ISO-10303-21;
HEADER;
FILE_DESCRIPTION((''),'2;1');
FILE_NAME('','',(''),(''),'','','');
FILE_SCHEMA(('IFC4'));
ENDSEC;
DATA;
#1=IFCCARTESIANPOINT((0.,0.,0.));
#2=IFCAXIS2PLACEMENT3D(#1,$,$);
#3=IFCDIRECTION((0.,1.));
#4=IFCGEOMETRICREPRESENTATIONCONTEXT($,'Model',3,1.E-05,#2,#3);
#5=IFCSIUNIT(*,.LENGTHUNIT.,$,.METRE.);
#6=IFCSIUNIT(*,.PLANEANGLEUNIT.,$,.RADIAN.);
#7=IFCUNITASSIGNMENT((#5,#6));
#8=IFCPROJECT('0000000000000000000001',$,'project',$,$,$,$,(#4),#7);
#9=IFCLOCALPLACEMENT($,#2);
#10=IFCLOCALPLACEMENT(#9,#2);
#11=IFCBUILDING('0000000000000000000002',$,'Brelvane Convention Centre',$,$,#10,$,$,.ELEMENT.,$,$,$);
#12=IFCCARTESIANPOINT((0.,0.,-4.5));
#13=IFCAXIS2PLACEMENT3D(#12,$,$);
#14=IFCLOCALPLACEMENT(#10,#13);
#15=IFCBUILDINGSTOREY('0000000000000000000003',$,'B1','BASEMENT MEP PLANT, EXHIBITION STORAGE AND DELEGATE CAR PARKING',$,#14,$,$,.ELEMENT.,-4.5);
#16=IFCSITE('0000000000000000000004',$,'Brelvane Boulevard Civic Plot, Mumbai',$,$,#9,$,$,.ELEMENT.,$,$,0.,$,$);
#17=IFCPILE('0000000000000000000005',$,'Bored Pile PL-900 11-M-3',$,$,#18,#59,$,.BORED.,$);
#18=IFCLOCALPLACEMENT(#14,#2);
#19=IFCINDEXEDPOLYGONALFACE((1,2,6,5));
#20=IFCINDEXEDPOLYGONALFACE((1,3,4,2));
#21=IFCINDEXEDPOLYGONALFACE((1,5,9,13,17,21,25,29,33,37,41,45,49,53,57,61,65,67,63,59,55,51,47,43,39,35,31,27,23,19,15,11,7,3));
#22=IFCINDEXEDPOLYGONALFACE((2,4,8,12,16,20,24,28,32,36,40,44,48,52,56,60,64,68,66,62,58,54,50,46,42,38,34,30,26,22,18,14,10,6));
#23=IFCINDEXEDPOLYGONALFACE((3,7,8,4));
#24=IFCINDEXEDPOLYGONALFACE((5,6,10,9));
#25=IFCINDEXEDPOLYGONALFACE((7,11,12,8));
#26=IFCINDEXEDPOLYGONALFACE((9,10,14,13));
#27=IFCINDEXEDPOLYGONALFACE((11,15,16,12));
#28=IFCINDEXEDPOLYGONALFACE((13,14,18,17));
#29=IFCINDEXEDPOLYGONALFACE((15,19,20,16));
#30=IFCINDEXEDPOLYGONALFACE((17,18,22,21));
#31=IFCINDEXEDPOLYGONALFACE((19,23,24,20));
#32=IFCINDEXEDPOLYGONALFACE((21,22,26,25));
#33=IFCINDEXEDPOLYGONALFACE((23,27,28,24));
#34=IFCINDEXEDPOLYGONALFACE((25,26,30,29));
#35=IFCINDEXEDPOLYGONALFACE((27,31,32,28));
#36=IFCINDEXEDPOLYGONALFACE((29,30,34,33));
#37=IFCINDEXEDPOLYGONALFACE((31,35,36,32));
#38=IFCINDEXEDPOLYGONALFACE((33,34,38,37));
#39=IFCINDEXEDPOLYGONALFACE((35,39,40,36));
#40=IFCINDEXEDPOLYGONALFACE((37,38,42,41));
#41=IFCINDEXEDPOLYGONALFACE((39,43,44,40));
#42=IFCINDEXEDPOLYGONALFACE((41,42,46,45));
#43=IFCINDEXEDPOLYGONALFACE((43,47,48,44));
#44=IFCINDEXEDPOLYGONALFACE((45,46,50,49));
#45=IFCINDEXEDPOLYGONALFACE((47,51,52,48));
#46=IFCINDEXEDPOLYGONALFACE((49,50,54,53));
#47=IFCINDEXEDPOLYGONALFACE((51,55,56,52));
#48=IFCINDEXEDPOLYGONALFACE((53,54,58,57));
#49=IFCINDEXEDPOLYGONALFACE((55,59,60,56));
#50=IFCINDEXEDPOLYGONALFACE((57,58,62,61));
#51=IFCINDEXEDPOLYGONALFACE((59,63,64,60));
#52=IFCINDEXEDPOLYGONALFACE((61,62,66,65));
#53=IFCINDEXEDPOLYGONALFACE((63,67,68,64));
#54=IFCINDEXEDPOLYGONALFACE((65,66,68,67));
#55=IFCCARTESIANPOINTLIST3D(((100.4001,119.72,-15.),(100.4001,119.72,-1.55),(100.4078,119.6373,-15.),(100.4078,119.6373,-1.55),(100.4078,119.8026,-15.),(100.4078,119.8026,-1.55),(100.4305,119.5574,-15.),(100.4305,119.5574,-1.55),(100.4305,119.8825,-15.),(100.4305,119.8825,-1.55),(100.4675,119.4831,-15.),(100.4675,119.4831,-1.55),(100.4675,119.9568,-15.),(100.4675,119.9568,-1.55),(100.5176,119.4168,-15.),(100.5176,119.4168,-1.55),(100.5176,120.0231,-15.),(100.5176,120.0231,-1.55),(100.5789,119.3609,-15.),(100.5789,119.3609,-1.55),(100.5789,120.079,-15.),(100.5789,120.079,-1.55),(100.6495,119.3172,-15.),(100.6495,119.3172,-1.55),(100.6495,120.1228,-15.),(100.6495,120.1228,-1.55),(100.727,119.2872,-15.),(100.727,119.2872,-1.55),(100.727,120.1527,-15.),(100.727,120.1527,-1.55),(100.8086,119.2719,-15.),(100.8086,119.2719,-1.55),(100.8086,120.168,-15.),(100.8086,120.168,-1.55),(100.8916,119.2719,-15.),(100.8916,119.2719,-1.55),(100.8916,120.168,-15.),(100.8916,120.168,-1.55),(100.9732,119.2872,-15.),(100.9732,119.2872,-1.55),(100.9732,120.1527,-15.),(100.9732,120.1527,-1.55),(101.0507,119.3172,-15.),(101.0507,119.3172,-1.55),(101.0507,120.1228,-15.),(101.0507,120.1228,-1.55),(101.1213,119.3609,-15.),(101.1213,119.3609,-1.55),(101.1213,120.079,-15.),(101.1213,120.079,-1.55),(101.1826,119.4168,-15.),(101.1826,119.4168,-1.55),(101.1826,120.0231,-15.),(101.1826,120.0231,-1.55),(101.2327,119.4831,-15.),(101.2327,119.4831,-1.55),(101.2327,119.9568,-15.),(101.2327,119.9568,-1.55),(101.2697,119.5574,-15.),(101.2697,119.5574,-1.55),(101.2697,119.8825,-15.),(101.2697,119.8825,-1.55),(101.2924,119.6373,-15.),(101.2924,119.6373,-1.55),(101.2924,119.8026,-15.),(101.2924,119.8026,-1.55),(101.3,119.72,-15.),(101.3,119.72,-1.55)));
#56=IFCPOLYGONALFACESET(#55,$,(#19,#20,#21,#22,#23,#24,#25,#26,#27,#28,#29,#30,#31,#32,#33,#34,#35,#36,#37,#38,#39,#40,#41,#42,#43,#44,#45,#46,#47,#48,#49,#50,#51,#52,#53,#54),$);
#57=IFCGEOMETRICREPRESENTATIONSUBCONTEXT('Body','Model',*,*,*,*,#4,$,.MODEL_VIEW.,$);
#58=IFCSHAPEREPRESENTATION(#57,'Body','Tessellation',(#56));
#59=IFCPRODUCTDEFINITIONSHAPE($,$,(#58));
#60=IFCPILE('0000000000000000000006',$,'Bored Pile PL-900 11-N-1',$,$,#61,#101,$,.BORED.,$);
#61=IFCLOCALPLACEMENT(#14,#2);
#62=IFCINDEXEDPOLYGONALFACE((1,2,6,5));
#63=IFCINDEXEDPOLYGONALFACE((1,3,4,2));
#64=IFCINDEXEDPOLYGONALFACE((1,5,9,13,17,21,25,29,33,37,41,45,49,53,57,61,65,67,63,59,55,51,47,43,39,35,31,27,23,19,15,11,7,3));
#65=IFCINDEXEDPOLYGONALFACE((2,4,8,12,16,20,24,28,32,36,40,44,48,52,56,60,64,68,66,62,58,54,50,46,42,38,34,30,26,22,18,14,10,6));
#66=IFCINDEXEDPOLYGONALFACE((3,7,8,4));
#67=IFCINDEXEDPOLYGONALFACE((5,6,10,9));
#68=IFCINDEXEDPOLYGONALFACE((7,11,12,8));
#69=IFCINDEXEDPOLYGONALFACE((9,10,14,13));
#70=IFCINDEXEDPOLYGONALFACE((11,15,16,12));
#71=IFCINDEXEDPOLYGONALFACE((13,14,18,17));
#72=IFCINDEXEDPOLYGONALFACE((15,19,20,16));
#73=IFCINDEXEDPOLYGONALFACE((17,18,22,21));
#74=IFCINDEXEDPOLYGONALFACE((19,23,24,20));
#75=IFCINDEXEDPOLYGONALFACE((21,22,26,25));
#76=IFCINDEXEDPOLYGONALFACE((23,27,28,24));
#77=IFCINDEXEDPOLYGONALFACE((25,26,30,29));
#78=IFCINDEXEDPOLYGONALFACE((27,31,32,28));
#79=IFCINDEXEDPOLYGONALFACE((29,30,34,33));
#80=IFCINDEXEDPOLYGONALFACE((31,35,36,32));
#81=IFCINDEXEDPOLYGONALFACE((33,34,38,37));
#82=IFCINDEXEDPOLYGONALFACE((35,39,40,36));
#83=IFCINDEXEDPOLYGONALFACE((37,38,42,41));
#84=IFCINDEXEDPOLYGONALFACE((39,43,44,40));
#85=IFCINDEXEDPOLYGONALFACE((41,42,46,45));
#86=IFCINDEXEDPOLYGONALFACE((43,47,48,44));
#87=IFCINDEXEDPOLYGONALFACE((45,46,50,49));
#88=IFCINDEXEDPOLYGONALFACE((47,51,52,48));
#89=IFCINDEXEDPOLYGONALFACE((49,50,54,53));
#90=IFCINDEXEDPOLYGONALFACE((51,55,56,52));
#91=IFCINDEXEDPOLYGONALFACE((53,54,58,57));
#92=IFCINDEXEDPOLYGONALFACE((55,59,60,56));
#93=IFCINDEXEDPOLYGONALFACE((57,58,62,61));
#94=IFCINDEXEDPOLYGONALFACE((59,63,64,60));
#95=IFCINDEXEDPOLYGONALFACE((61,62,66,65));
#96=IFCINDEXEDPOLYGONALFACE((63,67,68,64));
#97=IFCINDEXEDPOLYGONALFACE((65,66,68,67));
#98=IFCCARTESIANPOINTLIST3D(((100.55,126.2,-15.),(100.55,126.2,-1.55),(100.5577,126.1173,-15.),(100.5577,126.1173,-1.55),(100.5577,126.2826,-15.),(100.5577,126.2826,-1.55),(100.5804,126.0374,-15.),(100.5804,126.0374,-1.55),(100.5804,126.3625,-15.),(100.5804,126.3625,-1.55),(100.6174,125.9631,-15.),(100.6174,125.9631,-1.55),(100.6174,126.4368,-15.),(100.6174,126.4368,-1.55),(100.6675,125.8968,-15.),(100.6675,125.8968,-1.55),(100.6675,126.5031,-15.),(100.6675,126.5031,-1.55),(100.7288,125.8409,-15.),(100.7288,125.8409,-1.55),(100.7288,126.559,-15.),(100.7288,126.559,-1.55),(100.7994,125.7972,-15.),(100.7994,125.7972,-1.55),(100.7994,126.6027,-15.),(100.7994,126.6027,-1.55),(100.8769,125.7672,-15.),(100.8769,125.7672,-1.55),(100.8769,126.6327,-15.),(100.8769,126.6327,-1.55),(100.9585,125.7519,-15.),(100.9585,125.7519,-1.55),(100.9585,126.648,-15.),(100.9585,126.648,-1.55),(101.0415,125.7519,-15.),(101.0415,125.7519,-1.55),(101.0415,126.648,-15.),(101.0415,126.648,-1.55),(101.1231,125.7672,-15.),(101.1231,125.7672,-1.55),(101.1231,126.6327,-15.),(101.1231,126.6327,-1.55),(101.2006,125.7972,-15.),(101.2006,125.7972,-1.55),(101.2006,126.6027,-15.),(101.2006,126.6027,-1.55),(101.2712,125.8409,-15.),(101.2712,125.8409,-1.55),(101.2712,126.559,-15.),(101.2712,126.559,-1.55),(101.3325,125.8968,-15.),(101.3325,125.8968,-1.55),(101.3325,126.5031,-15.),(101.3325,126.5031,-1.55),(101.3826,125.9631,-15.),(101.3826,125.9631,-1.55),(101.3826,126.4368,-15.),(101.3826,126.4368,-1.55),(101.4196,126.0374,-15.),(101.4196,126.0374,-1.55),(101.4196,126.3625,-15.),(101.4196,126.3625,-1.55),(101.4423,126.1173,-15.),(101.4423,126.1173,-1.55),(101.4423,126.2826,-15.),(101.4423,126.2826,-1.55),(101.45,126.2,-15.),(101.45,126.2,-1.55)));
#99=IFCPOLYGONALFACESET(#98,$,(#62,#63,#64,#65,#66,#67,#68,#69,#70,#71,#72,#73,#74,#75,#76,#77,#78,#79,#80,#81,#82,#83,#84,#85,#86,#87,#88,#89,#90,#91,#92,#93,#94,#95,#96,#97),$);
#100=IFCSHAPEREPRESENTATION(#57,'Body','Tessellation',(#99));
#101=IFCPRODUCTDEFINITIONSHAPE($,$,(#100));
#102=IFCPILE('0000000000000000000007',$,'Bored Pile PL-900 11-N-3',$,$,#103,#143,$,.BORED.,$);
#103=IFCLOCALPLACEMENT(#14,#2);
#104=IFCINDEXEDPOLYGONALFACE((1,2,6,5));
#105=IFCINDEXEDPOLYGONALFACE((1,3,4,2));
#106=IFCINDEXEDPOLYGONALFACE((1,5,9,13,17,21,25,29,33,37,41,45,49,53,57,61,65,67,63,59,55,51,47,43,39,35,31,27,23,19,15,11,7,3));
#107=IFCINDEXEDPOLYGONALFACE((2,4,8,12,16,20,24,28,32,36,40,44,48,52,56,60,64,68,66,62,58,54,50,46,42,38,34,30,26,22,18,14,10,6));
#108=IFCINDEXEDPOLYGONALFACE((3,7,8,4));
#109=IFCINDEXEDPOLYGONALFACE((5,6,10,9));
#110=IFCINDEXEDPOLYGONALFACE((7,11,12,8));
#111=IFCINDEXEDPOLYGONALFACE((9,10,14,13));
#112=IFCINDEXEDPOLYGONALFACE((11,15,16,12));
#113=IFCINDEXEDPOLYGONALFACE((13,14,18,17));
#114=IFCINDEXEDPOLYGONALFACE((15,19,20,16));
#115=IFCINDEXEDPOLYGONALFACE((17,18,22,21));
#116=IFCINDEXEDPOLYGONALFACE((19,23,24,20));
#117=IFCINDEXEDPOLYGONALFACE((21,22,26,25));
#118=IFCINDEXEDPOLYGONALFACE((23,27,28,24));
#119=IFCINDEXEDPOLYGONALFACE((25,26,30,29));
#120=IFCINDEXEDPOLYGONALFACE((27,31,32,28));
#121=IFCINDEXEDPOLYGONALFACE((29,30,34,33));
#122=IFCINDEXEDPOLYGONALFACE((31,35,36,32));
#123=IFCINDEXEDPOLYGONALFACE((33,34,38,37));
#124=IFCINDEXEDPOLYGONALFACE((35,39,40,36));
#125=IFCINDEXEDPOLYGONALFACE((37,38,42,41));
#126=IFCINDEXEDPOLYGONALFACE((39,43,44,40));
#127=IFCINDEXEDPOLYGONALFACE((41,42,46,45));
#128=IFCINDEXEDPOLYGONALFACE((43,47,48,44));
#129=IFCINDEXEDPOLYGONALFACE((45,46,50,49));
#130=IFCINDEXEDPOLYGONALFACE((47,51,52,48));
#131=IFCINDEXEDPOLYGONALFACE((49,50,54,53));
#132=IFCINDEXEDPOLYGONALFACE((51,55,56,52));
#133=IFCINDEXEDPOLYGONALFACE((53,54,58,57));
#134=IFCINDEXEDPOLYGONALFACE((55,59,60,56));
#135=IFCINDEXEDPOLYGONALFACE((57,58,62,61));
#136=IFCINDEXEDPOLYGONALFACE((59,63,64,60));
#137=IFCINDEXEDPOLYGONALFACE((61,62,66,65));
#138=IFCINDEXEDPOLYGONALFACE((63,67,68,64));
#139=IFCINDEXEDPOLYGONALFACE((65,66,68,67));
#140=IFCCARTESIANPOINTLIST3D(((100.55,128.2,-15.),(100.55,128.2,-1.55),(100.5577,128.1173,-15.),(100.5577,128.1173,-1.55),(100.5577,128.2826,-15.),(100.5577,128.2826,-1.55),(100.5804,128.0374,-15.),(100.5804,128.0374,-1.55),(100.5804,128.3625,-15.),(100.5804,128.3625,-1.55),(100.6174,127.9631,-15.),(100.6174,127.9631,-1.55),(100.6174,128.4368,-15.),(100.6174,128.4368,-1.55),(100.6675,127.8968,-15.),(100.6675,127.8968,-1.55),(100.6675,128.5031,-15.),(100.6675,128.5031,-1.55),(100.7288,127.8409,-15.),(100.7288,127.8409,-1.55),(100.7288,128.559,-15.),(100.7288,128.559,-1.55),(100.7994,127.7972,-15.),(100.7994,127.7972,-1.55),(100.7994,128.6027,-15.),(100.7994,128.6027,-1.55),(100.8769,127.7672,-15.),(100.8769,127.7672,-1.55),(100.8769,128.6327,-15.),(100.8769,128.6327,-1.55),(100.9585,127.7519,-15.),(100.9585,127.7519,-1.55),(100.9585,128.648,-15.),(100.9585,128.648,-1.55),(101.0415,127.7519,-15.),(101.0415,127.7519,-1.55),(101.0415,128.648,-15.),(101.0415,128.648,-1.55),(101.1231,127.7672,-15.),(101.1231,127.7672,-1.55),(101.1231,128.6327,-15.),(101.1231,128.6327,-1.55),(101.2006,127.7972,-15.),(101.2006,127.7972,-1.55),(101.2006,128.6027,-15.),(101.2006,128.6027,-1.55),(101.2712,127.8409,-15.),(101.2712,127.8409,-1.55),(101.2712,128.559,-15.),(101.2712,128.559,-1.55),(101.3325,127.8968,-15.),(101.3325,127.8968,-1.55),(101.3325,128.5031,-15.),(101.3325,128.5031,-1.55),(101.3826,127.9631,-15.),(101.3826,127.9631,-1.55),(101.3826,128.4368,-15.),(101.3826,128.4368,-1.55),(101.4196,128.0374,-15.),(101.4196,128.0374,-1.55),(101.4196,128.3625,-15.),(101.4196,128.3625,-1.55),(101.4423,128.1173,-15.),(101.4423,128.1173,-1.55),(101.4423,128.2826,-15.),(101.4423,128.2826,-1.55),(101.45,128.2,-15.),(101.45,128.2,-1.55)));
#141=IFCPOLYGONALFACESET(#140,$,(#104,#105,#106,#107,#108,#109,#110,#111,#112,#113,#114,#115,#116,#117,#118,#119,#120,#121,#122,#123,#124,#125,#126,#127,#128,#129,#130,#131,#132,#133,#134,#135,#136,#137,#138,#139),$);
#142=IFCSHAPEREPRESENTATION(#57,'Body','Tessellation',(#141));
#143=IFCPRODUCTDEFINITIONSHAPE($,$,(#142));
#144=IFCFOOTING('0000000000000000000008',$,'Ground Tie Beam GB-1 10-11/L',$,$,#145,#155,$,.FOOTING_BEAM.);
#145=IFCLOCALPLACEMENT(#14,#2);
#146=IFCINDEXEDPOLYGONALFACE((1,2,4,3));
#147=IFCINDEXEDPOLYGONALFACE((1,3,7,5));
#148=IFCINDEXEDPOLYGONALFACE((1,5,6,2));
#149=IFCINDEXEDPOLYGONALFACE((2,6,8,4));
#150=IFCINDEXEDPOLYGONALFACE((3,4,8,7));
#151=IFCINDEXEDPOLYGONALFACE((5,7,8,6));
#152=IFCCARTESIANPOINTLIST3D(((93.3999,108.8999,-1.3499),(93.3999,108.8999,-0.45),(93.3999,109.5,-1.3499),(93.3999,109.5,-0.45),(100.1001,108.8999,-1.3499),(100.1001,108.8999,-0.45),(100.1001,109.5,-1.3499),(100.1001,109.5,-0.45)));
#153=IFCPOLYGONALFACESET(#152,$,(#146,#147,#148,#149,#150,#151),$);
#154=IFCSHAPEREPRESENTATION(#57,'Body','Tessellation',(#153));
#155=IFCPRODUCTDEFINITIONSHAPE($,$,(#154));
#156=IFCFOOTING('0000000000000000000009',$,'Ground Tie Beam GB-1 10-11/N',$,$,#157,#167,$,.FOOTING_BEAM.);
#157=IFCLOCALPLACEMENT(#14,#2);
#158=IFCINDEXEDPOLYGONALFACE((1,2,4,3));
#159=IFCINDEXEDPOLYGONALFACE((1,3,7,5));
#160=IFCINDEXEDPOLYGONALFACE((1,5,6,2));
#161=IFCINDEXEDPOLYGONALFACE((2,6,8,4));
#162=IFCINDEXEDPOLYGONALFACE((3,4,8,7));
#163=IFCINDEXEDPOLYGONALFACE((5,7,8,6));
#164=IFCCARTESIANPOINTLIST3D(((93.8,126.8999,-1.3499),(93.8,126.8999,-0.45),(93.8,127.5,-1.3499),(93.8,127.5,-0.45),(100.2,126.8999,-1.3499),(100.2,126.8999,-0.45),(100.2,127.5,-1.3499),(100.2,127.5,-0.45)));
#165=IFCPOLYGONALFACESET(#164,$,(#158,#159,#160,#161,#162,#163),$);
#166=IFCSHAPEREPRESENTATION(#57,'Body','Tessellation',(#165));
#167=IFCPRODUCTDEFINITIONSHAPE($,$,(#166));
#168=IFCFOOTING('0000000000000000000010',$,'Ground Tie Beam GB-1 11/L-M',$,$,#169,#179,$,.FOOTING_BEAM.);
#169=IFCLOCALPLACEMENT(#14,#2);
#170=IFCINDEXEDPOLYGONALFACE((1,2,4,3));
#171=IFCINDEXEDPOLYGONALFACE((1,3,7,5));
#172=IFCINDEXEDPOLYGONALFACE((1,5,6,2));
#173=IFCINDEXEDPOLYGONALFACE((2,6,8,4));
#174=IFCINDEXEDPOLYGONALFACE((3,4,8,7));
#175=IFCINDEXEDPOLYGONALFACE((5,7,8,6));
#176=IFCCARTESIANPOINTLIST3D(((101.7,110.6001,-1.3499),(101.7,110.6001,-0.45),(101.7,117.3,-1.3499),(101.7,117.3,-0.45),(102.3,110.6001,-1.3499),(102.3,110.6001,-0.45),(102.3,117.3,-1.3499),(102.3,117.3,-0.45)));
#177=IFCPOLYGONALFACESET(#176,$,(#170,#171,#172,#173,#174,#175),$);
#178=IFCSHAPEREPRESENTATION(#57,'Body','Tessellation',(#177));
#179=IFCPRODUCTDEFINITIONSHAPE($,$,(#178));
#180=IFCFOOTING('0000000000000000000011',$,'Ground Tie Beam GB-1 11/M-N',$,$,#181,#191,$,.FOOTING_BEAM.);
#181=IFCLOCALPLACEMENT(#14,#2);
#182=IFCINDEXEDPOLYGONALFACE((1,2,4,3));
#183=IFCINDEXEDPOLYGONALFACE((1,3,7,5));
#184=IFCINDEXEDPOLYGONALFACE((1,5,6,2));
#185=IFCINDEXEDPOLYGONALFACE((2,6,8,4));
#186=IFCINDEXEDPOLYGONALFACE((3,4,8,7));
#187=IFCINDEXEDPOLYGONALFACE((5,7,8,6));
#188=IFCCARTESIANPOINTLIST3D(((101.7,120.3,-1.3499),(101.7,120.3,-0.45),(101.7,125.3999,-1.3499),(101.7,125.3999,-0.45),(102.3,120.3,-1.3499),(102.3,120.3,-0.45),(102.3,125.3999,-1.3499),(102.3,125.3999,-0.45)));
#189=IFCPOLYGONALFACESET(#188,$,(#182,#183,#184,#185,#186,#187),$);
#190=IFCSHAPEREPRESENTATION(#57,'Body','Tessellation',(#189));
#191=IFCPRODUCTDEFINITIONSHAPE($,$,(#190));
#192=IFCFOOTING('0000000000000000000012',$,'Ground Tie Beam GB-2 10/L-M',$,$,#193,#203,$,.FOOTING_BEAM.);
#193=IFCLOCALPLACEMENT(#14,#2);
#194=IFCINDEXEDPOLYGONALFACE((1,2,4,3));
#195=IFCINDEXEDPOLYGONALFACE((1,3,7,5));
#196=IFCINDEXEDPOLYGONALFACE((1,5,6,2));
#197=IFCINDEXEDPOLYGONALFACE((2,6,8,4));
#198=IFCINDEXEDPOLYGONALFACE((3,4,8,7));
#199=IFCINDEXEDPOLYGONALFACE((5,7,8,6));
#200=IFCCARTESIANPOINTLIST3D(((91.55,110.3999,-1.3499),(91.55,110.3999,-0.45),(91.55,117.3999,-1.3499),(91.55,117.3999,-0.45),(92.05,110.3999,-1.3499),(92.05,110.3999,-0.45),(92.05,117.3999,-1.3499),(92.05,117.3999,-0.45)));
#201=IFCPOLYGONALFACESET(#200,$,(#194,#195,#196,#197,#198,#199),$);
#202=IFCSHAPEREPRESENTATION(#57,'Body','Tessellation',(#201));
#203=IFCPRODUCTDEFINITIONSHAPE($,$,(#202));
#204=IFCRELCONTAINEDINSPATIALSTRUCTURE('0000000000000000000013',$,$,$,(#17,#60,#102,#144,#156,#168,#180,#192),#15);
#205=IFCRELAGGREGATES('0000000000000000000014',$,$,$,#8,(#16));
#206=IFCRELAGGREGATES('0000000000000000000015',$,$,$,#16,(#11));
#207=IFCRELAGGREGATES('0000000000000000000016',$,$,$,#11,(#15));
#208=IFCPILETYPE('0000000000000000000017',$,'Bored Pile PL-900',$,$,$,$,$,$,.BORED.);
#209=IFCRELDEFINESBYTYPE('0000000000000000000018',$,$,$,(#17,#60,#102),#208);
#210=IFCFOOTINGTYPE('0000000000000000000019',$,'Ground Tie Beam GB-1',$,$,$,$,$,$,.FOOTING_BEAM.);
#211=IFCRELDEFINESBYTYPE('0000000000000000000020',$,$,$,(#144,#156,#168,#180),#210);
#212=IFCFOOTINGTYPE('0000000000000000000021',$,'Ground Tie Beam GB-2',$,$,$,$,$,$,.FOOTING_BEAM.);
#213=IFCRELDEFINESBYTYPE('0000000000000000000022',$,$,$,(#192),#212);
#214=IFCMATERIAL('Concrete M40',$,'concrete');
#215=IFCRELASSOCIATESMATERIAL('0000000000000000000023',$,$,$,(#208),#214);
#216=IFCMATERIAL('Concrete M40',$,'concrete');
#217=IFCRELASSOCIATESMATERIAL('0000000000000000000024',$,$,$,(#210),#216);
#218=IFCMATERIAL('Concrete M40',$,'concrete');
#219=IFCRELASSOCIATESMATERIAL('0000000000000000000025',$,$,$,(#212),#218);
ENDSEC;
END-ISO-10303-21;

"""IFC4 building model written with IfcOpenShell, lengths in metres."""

from ifc_helpers import new_model, si_unit, direction, frame, origin, origin_2d, place, context, subcontext, project, spatial, rectangle, circle, extrude, material, material_profile, profile_set, type_object, element, save


model = new_model("IFC4")

# Units and contexts
model_context = context("Model", 3, precision=1e-05, world=origin(), true_north=direction((0.0, 1.0)))
body_context = subcontext(model_context, "Body", "Model", "MODEL_VIEW")
ifc_project = project(units=[si_unit("LENGTHUNIT", "METRE"), si_unit("PLANEANGLEUNIT", "RADIAN")], contexts=[model_context])

# Site, building, storey
site_placement = place(None, origin())
site = spatial("IfcSite", under=ifc_project, at=site_placement, Name="Brelvane Boulevard Civic Plot, Mumbai", CompositionType="ELEMENT", RefElevation=0.0)
building_placement = place(site_placement, origin())
building = spatial("IfcBuilding", under=site, at=building_placement, Name="Brelvane Convention Centre", CompositionType="ELEMENT")
storey_placement = place(building_placement, frame((0.0, 0.0, -4.5)))
storey = spatial("IfcBuildingStorey", under=building, at=storey_placement, Name="B1", Description="BASEMENT MEP PLANT, EXHIBITION STORAGE AND DELEGATE CAR PARKING", CompositionType="ELEMENT", Elevation=-4.5)

# Piles
ifc_material_1 = material(Name="Concrete M40", Category="concrete")
ifc_material_profile_1 = material_profile(ifc_material_1, circle(Radius=0.45, at=origin_2d()), Name="PILE D900")
ifc_profile_set_1 = profile_set([ifc_material_profile_1], Name="Concrete M40")
pile_type = type_object("IfcPileType", Name="Bored Pile PL-900", PredefinedType="BORED", material=ifc_profile_set_1)
for number, where, z_axis, x_axis, name in (
    (1, (100.8501, 119.72, -1.55), (0.0, 0.0, -1.0), (1.0, 0.0, 0.0), "Bored Pile PL-900 11-M-3"),
    (2, (101.0, 126.2, -1.55), (0.0, 0.0, -1.0), (1.0, 0.0, 0.0), "Bored Pile PL-900 11-N-1"),
    (3, (101.0, 128.2, -1.55), (0.0, 0.0, -1.0), (1.0, 0.0, 0.0), "Bored Pile PL-900 11-N-3"),
):
    element("IfcPile", number, at=place(storey_placement, frame(where, z_axis=z_axis, x_axis=x_axis)), inside=storey, type_object=pile_type, Name=name, PredefinedType="BORED", context=body_context, shape_type="SweptSolid", body=[
        extrude(circle(Radius=0.45, at=origin_2d()), origin(), (0.0, 0.0, 1.0), 13.45),
    ])

# Footings
ifc_material_2 = material(Name="Concrete M40", Category="concrete")
ifc_material_profile_2 = material_profile(ifc_material_2, rectangle(XDim=0.6001, YDim=0.8999, at=origin_2d()), Name="RC 600x900")
ifc_profile_set_2 = profile_set([ifc_material_profile_2], Name="Concrete M40")
footing_type_1 = type_object("IfcFootingType", Name="Ground Tie Beam GB-1", PredefinedType="FOOTING_BEAM", material=ifc_profile_set_2)
footing_1_placement = place(storey_placement, frame((93.3999, 109.2, -0.8999), z_axis=(1.0, 0.0, 0.0), x_axis=(0.0, 1.0, 0.0)))
element("IfcFooting", 4, at=footing_1_placement, inside=storey, type_object=footing_type_1, Name="Ground Tie Beam GB-1 10-11/L", PredefinedType="FOOTING_BEAM", context=body_context, shape_type="SweptSolid", body=[
    extrude(rectangle(XDim=0.6001, YDim=0.8999, at=origin_2d()), origin(), (0.0, 0.0, 1.0), 6.7002),
])
footing_2_placement = place(storey_placement, frame((93.8, 127.2, -0.8999), z_axis=(1.0, 0.0, 0.0), x_axis=(0.0, 1.0, 0.0)))
element("IfcFooting", 5, at=footing_2_placement, inside=storey, type_object=footing_type_1, Name="Ground Tie Beam GB-1 10-11/N", PredefinedType="FOOTING_BEAM", context=body_context, shape_type="SweptSolid", body=[
    extrude(rectangle(XDim=0.6001, YDim=0.8999, at=origin_2d()), origin(), (0.0, 0.0, 1.0), 6.3999),
])
footing_3_placement = place(storey_placement, frame((102.0, 110.6001, -0.8999), z_axis=(0.0, 1.0, 0.0), x_axis=(-1.0, 0.0, 0.0)))
element("IfcFooting", 6, at=footing_3_placement, inside=storey, type_object=footing_type_1, Name="Ground Tie Beam GB-1 11/L-M", PredefinedType="FOOTING_BEAM", context=body_context, shape_type="SweptSolid", body=[
    extrude(rectangle(XDim=0.6001, YDim=0.8999, at=origin_2d()), origin(), (0.0, 0.0, 1.0), 6.7),
])
footing_4_placement = place(storey_placement, frame((102.0, 120.3, -0.8999), z_axis=(0.0, 1.0, 0.0), x_axis=(-1.0, 0.0, 0.0)))
element("IfcFooting", 7, at=footing_4_placement, inside=storey, type_object=footing_type_1, Name="Ground Tie Beam GB-1 11/M-N", PredefinedType="FOOTING_BEAM", context=body_context, shape_type="SweptSolid", body=[
    extrude(rectangle(XDim=0.6001, YDim=0.8999, at=origin_2d()), origin(), (0.0, 0.0, 1.0), 5.0999),
])
ifc_material_3 = material(Name="Concrete M40", Category="concrete")
ifc_material_profile_3 = material_profile(ifc_material_3, rectangle(XDim=0.5, YDim=0.8999, at=origin_2d()), Name="RC 500x900")
ifc_profile_set_3 = profile_set([ifc_material_profile_3], Name="Concrete M40")
footing_type_2 = type_object("IfcFootingType", Name="Ground Tie Beam GB-2", PredefinedType="FOOTING_BEAM", material=ifc_profile_set_3)
footing_5_placement = place(storey_placement, frame((91.8, 110.3999, -0.8999), z_axis=(0.0, 1.0, 0.0), x_axis=(-1.0, 0.0, 0.0)))
element("IfcFooting", 8, at=footing_5_placement, inside=storey, type_object=footing_type_2, Name="Ground Tie Beam GB-2 10/L-M", PredefinedType="FOOTING_BEAM", context=body_context, shape_type="SweptSolid", body=[
    extrude(rectangle(XDim=0.5, YDim=0.8999, at=origin_2d()), origin(), (0.0, 0.0, 1.0), 7.0),
])

save(model, "model.ifc")
